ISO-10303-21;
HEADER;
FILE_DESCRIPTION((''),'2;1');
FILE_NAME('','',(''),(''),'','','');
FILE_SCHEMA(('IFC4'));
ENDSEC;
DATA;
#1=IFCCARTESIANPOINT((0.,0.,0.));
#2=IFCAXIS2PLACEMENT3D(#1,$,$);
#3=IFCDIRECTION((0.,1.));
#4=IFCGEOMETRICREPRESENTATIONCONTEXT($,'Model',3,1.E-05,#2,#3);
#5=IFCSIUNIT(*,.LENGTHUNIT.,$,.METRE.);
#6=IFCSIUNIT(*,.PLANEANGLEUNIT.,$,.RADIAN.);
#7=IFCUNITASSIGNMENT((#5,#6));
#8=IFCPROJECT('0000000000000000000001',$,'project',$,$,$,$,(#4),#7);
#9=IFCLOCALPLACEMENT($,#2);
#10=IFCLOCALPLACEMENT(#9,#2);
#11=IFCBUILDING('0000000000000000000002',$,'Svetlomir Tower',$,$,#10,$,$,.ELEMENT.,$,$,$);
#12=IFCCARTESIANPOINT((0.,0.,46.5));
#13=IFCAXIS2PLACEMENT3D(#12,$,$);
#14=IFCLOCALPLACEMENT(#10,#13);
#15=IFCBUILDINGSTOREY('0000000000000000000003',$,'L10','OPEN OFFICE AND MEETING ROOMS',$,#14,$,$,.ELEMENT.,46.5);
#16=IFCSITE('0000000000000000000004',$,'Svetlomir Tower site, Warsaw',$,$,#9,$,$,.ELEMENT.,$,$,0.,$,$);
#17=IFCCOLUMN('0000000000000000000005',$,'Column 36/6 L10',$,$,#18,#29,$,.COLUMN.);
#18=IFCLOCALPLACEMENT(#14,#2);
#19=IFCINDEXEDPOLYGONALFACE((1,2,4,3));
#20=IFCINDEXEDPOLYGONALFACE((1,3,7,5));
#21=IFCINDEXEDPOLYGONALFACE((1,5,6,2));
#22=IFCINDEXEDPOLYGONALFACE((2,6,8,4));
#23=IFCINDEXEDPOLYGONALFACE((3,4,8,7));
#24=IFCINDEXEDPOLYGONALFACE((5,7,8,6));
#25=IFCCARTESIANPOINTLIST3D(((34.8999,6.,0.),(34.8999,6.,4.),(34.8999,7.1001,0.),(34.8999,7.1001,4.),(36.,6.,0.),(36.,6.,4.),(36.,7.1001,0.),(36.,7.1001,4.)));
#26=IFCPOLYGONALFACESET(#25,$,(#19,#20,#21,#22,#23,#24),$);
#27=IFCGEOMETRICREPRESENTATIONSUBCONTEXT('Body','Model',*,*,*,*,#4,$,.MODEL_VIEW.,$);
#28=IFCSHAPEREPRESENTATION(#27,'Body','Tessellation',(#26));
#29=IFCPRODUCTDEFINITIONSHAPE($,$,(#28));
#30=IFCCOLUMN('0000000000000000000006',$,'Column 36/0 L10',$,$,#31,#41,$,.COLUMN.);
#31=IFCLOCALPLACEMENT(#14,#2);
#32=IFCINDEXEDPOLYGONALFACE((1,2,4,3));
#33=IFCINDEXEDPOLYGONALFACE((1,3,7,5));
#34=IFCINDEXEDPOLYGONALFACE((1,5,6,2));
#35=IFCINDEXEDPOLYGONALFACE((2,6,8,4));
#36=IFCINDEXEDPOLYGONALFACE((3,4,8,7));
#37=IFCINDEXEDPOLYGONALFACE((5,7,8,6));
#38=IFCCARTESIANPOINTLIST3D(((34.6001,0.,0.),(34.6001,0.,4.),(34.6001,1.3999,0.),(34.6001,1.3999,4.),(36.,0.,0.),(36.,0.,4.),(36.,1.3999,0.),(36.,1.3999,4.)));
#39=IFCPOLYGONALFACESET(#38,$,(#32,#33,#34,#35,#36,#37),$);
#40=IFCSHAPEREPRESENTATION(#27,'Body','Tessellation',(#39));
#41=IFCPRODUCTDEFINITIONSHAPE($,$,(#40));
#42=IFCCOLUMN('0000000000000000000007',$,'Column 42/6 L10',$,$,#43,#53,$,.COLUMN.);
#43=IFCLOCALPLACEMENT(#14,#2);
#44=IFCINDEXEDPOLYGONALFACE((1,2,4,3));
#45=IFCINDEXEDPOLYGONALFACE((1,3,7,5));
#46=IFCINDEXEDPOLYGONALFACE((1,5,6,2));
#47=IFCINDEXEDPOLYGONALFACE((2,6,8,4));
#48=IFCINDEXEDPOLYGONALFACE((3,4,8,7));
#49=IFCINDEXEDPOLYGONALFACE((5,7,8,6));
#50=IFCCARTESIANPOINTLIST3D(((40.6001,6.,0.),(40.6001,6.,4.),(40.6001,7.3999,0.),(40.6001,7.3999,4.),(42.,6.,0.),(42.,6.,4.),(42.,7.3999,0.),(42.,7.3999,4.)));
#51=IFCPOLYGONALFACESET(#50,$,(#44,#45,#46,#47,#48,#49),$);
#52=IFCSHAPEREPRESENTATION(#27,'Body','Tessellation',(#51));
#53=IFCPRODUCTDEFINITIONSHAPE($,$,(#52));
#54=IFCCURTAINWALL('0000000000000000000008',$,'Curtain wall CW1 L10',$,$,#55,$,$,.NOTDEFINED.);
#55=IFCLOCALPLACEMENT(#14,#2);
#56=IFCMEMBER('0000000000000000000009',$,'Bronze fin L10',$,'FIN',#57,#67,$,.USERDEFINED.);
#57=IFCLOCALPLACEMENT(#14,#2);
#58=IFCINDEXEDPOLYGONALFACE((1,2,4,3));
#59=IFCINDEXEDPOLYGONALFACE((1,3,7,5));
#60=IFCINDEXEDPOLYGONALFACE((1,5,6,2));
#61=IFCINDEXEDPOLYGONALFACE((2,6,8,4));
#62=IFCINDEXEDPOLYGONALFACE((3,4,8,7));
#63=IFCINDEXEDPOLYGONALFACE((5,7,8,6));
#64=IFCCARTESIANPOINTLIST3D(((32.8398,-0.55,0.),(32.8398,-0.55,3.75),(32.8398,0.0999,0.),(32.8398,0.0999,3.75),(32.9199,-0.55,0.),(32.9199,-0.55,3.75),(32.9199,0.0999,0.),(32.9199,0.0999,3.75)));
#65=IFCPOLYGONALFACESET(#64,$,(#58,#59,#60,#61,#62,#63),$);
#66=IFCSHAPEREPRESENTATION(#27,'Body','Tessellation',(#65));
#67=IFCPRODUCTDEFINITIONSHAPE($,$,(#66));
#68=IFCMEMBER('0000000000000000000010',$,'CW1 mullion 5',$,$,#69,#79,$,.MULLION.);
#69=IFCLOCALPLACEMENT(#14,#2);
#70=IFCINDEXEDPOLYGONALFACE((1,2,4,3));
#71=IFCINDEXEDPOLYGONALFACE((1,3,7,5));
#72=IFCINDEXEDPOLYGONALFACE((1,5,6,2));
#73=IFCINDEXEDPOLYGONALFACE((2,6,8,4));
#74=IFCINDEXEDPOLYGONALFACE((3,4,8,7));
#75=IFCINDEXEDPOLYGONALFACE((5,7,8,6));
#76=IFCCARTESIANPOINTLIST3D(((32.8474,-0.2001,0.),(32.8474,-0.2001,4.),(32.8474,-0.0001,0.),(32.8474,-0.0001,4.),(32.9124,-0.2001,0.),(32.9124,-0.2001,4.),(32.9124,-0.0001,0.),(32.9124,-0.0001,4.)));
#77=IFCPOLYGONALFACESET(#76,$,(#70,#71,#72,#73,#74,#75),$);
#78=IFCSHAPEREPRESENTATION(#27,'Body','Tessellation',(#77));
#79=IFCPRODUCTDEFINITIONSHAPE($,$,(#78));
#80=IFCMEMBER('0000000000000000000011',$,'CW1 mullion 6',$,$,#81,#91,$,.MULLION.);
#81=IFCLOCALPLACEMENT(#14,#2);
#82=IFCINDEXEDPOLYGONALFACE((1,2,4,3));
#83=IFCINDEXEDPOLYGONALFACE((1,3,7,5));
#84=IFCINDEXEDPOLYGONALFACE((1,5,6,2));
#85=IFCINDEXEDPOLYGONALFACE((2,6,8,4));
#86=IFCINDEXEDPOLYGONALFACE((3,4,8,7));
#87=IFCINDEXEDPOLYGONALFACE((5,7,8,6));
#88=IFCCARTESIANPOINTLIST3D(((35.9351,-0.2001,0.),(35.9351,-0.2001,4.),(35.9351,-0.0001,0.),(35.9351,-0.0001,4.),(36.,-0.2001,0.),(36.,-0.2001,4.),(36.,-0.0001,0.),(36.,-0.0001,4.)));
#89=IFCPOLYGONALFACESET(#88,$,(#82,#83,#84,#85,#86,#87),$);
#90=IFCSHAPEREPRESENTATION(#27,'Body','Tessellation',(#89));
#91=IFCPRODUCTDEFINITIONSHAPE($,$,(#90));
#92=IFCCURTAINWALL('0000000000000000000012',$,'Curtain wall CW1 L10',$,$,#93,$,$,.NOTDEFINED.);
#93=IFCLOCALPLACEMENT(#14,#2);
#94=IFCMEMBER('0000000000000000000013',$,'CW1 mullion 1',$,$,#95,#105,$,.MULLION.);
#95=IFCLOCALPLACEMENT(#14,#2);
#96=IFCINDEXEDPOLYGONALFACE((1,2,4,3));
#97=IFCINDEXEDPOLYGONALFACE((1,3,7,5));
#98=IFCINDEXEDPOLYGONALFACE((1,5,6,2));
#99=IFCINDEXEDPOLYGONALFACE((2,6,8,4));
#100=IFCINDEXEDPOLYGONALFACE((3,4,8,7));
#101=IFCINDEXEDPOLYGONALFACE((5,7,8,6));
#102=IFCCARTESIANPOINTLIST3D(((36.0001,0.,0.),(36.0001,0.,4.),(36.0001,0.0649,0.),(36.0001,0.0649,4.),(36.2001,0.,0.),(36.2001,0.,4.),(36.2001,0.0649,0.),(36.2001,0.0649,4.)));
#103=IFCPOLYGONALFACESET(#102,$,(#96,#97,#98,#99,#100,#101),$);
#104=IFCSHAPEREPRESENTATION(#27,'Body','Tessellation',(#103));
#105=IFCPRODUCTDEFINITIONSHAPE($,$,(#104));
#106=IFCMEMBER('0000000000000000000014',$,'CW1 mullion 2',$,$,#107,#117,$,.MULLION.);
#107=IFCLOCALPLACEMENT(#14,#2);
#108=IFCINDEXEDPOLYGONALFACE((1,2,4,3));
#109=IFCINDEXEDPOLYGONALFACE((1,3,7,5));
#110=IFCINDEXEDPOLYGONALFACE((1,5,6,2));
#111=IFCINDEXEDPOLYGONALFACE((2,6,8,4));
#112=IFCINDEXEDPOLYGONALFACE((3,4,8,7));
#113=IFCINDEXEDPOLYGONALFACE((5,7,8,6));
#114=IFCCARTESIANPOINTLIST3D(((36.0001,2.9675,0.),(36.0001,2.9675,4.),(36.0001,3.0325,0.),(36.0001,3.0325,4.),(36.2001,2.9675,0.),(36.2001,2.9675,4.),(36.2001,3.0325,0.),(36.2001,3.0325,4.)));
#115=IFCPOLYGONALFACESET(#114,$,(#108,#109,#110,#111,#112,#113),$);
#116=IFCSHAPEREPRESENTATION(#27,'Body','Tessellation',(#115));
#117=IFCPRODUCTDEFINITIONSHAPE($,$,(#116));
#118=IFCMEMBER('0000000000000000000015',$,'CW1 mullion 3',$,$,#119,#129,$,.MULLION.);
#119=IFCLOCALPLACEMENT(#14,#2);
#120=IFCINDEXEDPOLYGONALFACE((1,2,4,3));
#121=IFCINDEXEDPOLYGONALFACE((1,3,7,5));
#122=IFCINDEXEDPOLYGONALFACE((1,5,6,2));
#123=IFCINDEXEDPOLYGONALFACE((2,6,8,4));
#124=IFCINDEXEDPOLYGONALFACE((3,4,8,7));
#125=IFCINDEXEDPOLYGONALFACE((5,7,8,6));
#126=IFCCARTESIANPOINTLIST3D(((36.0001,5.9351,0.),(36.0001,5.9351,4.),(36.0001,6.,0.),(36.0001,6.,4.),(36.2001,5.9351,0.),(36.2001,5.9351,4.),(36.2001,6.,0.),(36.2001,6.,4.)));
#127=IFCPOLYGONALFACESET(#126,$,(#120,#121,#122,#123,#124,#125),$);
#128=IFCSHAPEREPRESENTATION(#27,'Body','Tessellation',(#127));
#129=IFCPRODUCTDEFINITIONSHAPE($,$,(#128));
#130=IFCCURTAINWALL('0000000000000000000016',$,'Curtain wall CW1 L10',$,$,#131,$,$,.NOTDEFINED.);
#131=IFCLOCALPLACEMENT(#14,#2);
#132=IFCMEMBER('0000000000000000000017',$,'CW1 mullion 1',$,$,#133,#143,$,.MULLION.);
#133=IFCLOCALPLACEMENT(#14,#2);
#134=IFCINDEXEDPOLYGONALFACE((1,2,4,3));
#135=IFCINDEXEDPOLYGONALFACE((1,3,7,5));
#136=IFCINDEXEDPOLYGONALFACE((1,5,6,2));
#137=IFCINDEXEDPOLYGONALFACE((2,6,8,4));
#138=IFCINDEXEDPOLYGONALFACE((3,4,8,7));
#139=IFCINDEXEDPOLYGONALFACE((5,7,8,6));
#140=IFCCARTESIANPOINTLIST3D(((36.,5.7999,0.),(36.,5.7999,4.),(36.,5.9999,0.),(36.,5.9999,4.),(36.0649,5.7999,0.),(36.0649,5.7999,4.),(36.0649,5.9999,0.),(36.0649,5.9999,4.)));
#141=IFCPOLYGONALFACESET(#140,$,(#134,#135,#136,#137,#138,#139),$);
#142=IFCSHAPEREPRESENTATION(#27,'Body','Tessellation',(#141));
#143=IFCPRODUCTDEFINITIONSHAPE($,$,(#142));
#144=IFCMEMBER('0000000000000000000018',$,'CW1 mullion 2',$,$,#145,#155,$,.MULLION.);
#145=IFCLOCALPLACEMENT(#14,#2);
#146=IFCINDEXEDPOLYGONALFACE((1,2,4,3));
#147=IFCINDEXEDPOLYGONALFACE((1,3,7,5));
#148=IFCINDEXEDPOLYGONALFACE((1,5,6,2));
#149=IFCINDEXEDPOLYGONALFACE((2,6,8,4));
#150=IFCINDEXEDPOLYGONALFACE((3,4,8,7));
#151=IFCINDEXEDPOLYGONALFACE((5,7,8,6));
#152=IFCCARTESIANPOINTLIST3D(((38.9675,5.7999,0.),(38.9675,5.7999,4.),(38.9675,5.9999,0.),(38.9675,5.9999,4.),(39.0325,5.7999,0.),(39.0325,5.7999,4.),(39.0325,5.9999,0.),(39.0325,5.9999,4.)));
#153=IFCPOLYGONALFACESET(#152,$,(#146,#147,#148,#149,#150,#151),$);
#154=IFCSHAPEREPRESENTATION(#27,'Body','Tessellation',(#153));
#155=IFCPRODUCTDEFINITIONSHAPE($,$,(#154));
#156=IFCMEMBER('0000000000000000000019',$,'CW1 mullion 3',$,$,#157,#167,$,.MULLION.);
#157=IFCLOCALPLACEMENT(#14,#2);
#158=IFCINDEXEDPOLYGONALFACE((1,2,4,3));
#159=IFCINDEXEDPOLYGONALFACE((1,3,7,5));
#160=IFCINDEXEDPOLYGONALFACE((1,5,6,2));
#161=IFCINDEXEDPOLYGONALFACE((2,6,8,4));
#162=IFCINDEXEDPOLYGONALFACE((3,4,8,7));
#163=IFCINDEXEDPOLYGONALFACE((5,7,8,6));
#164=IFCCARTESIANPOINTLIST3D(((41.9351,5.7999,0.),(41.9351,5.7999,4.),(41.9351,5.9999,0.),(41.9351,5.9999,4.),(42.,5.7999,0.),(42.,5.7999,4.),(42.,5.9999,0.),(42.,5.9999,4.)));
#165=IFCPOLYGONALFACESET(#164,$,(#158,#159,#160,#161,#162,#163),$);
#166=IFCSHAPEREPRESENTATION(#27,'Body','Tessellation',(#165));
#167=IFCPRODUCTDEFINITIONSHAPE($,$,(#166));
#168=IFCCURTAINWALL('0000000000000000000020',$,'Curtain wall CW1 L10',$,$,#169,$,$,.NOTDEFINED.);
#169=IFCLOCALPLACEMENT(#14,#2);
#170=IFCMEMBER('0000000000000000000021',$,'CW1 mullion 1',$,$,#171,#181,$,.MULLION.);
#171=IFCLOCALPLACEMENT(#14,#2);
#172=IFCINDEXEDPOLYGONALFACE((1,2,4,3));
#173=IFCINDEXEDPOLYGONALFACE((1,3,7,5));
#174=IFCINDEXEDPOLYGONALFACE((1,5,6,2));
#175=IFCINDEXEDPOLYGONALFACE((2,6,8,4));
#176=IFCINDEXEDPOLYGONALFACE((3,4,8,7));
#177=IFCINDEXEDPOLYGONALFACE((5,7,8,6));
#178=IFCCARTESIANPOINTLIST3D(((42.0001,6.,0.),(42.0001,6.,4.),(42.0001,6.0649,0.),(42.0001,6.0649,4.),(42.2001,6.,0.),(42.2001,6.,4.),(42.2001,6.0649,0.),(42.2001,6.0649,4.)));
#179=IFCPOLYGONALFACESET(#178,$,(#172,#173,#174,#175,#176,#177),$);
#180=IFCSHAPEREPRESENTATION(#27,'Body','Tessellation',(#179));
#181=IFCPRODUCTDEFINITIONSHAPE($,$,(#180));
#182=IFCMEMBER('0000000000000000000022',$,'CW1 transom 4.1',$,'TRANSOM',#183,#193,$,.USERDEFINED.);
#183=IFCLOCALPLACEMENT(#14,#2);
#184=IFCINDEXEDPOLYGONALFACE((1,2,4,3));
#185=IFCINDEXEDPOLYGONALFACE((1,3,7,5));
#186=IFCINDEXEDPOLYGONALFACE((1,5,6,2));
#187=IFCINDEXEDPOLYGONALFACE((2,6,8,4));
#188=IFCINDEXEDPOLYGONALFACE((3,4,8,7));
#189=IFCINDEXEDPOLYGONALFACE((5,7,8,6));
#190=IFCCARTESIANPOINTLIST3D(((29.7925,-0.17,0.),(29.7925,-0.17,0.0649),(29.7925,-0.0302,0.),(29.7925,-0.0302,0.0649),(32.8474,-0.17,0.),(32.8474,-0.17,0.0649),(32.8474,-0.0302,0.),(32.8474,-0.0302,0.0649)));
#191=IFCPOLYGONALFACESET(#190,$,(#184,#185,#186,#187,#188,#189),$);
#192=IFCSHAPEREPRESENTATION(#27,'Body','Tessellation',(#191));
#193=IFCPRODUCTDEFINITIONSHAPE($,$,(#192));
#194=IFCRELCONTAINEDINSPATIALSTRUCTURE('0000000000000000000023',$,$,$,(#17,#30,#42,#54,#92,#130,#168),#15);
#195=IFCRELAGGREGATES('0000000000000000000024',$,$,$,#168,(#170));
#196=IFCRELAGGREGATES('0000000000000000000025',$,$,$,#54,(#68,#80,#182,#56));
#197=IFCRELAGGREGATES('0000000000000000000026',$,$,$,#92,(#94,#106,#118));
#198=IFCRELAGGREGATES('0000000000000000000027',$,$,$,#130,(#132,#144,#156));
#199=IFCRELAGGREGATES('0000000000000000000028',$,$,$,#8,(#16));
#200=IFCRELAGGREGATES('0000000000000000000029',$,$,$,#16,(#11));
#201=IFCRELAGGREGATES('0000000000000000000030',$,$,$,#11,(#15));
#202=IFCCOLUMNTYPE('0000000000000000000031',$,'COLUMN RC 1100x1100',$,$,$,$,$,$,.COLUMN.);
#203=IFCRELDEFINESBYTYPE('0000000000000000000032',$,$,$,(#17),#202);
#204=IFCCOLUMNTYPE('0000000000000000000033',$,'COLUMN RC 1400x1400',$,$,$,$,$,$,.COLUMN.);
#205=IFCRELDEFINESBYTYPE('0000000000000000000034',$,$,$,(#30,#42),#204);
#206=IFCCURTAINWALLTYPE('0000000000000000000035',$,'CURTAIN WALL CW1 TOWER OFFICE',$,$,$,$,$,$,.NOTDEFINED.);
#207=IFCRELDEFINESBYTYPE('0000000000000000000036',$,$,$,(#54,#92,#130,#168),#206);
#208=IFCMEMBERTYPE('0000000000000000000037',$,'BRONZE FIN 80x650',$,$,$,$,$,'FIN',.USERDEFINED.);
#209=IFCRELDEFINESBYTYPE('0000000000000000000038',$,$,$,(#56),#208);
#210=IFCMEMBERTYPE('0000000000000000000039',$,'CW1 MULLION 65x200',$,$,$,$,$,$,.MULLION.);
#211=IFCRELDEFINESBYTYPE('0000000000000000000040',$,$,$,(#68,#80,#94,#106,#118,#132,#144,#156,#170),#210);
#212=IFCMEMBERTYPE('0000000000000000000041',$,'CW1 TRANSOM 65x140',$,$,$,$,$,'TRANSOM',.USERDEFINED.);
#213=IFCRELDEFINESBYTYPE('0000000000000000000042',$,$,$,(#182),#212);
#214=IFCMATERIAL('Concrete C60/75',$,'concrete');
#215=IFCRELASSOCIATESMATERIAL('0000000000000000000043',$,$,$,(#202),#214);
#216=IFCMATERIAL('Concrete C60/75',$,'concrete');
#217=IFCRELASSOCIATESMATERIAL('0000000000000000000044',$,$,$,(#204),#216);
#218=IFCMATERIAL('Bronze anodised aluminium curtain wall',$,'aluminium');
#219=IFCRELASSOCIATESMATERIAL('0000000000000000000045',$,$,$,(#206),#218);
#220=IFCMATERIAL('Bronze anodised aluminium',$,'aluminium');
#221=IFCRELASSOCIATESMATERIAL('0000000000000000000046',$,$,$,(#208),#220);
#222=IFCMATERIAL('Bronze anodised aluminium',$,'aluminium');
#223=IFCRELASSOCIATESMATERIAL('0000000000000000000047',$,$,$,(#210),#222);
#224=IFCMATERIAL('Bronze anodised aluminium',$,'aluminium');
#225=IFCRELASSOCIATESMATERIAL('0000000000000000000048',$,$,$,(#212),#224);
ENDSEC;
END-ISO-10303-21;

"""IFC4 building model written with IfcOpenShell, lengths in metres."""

from ifc_helpers import new_model, si_unit, direction, frame, origin, origin_2d, place, context, subcontext, project, spatial, rectangle, extrude, material, material_profile, profile_set, type_object, element, aggregate, save


model = new_model("IFC4")

# Units and contexts
model_context = context("Model", 3, precision=1e-05, world=origin(), true_north=direction((0.0, 1.0)))
body_context = subcontext(model_context, "Body", "Model", "MODEL_VIEW")
ifc_project = project(units=[si_unit("LENGTHUNIT", "METRE"), si_unit("PLANEANGLEUNIT", "RADIAN")], contexts=[model_context])

# Site, building, storey
site_placement = place(None, origin())
site = spatial("IfcSite", under=ifc_project, at=site_placement, Name="Svetlomir Tower site, Warsaw", CompositionType="ELEMENT", RefElevation=0.0)
building_placement = place(site_placement, origin())
building = spatial("IfcBuilding", under=site, at=building_placement, Name="Svetlomir Tower", CompositionType="ELEMENT")
storey_placement = place(building_placement, frame((0.0, 0.0, 46.5)))
storey = spatial("IfcBuildingStorey", under=building, at=storey_placement, Name="L10", Description="OPEN OFFICE AND MEETING ROOMS", CompositionType="ELEMENT", Elevation=46.5)

# Columns
ifc_material_1 = material(Name="Concrete C60/75", Category="concrete")
ifc_material_profile_1 = material_profile(ifc_material_1, rectangle(XDim=1.1001, YDim=1.1001, at=origin_2d()), Name="RC 1100x1100")
ifc_profile_set_1 = profile_set([ifc_material_profile_1], Name="Concrete C60/75")
column_type_1 = type_object("IfcColumnType", Name="COLUMN RC 1100x1100", PredefinedType="COLUMN", material=ifc_profile_set_1)
column_placement = place(storey_placement, frame((35.45, 6.55, 0.0), z_axis=(0.0, 0.0, 1.0), x_axis=(1.0, 0.0, 0.0)))
element("IfcColumn", 1, at=column_placement, inside=storey, type_object=column_type_1, Name="Column 36/6 L10", PredefinedType="COLUMN", context=body_context, shape_type="SweptSolid", body=[
    extrude(rectangle(XDim=1.1001, YDim=1.1001, at=origin_2d()), origin(), (0.0, 0.0, 1.0), 4.0),
])
ifc_material_2 = material(Name="Concrete C60/75", Category="concrete")
ifc_material_profile_2 = material_profile(ifc_material_2, rectangle(XDim=1.3999, YDim=1.3999, at=origin_2d()), Name="RC 1400x1400")
ifc_profile_set_2 = profile_set([ifc_material_profile_2], Name="Concrete C60/75")
column_type_2 = type_object("IfcColumnType", Name="COLUMN RC 1400x1400", PredefinedType="COLUMN", material=ifc_profile_set_2)
for number, where, z_axis, x_axis, name in (
    (2, (35.3, 0.7, 0.0), (0.0, 0.0, 1.0), (1.0, 0.0, 0.0), "Column 36/0 L10"),
    (3, (41.3, 6.7, 0.0), (0.0, 0.0, 1.0), (1.0, 0.0, 0.0), "Column 42/6 L10"),
):
    element("IfcColumn", number, at=place(storey_placement, frame(where, z_axis=z_axis, x_axis=x_axis)), inside=storey, type_object=column_type_2, Name=name, PredefinedType="COLUMN", context=body_context, shape_type="SweptSolid", body=[
        extrude(rectangle(XDim=1.3999, YDim=1.3999, at=origin_2d()), origin(), (0.0, 0.0, 1.0), 4.0),
    ])

# Curtain walls, members
ifc_material_3 = material(Name="Bronze anodised aluminium curtain wall", Category="aluminium")
curtain_wall_type = type_object("IfcCurtainWallType", Name="CURTAIN WALL CW1 TOWER OFFICE", PredefinedType="NOTDEFINED", material=ifc_material_3)
curtain_wall_1_placement = place(storey_placement, origin())
curtain_wall_1 = element("IfcCurtainWall", 4, at=curtain_wall_1_placement, inside=storey, type_object=curtain_wall_type, Name="Curtain wall CW1 L10", PredefinedType="NOTDEFINED")
ifc_material_4 = material(Name="Bronze anodised aluminium", Category="aluminium")
ifc_material_profile_3 = material_profile(ifc_material_4, rectangle(XDim=0.0801, YDim=0.6499, at=origin_2d()), Name="FIN 80x650")
ifc_profile_set_3 = profile_set([ifc_material_profile_3], Name="Bronze anodised aluminium 6063-T6")
member_type_1 = type_object("IfcMemberType", Name="BRONZE FIN 80x650", ElementType="FIN", PredefinedType="USERDEFINED", material=ifc_profile_set_3)
member_1_placement = place(storey_placement, frame((32.8799, -0.2251, 0.0), z_axis=(0.0, 0.0, 1.0), x_axis=(1.0, 0.0, 0.0)))
member_1 = element("IfcMember", 5, at=member_1_placement, type_object=member_type_1, Name="Bronze fin L10", ObjectType="FIN", PredefinedType="USERDEFINED", context=body_context, shape_type="SweptSolid", body=[
    extrude(rectangle(XDim=0.0801, YDim=0.6499, at=origin_2d()), origin(), (0.0, 0.0, 1.0), 3.75),
])
ifc_material_5 = material(Name="Bronze anodised aluminium", Category="aluminium")
ifc_material_profile_4 = material_profile(ifc_material_5, rectangle(XDim=0.0649, YDim=0.2, at=origin_2d()), Name="AL 65x200")
ifc_profile_set_4 = profile_set([ifc_material_profile_4], Name="Bronze anodised aluminium 6063-T6")
member_type_2 = type_object("IfcMemberType", Name="CW1 MULLION 65x200", PredefinedType="MULLION", material=ifc_profile_set_4)
member_2_placement = place(storey_placement, frame((32.8799, -0.1001, 0.0), z_axis=(0.0, 0.0, 1.0), x_axis=(1.0, 0.0, 0.0)))
member_2 = element("IfcMember", 6, at=member_2_placement, type_object=member_type_2, Name="CW1 mullion 5", PredefinedType="MULLION", context=body_context, shape_type="SweptSolid", body=[
    extrude(rectangle(XDim=0.0649, YDim=0.2, at=origin_2d()), origin(), (0.0, 0.0, 1.0), 4.0),
])
member_3_placement = place(storey_placement, frame((35.9675, -0.1001, 0.0), z_axis=(0.0, 0.0, 1.0), x_axis=(1.0, 0.0, 0.0)))
member_3 = element("IfcMember", 7, at=member_3_placement, type_object=member_type_2, Name="CW1 mullion 6", PredefinedType="MULLION", context=body_context, shape_type="SweptSolid", body=[
    extrude(rectangle(XDim=0.0649, YDim=0.2, at=origin_2d()), origin(), (0.0, 0.0, 1.0), 4.0),
])
curtain_wall_2_placement = place(storey_placement, origin())
curtain_wall_2 = element("IfcCurtainWall", 8, at=curtain_wall_2_placement, inside=storey, type_object=curtain_wall_type, Name="Curtain wall CW1 L10", PredefinedType="NOTDEFINED")
member_4_placement = place(storey_placement, frame((36.1001, 0.0325, 0.0), z_axis=(0.0, 0.0, 1.0), x_axis=(0.0, 1.0, 0.0)))
member_4 = element("IfcMember", 9, at=member_4_placement, type_object=member_type_2, Name="CW1 mullion 1", PredefinedType="MULLION", context=body_context, shape_type="SweptSolid", body=[
    extrude(rectangle(XDim=0.0649, YDim=0.2, at=origin_2d()), origin(), (0.0, 0.0, 1.0), 4.0),
])
member_5_placement = place(storey_placement, frame((36.1001, 3.0, 0.0), z_axis=(0.0, 0.0, 1.0), x_axis=(0.0, 1.0, 0.0)))
member_5 = element("IfcMember", 10, at=member_5_placement, type_object=member_type_2, Name="CW1 mullion 2", PredefinedType="MULLION", context=body_context, shape_type="SweptSolid", body=[
    extrude(rectangle(XDim=0.0649, YDim=0.2, at=origin_2d()), origin(), (0.0, 0.0, 1.0), 4.0),
])
member_6_placement = place(storey_placement, frame((36.1001, 5.9675, 0.0), z_axis=(0.0, 0.0, 1.0), x_axis=(0.0, 1.0, 0.0)))
member_6 = element("IfcMember", 11, at=member_6_placement, type_object=member_type_2, Name="CW1 mullion 3", PredefinedType="MULLION", context=body_context, shape_type="SweptSolid", body=[
    extrude(rectangle(XDim=0.0649, YDim=0.2, at=origin_2d()), origin(), (0.0, 0.0, 1.0), 4.0),
])
curtain_wall_3_placement = place(storey_placement, origin())
curtain_wall_3 = element("IfcCurtainWall", 12, at=curtain_wall_3_placement, inside=storey, type_object=curtain_wall_type, Name="Curtain wall CW1 L10", PredefinedType="NOTDEFINED")
member_7_placement = place(storey_placement, frame((36.0325, 5.8999, 0.0), z_axis=(0.0, 0.0, 1.0), x_axis=(1.0, 0.0, 0.0)))
member_7 = element("IfcMember", 13, at=member_7_placement, type_object=member_type_2, Name="CW1 mullion 1", PredefinedType="MULLION", context=body_context, shape_type="SweptSolid", body=[
    extrude(rectangle(XDim=0.0649, YDim=0.2, at=origin_2d()), origin(), (0.0, 0.0, 1.0), 4.0),
])
member_8_placement = place(storey_placement, frame((39.0, 5.8999, 0.0), z_axis=(0.0, 0.0, 1.0), x_axis=(1.0, 0.0, 0.0)))
member_8 = element("IfcMember", 14, at=member_8_placement, type_object=member_type_2, Name="CW1 mullion 2", PredefinedType="MULLION", context=body_context, shape_type="SweptSolid", body=[
    extrude(rectangle(XDim=0.0649, YDim=0.2, at=origin_2d()), origin(), (0.0, 0.0, 1.0), 4.0),
])
member_9_placement = place(storey_placement, frame((41.9675, 5.8999, 0.0), z_axis=(0.0, 0.0, 1.0), x_axis=(1.0, 0.0, 0.0)))
member_9 = element("IfcMember", 15, at=member_9_placement, type_object=member_type_2, Name="CW1 mullion 3", PredefinedType="MULLION", context=body_context, shape_type="SweptSolid", body=[
    extrude(rectangle(XDim=0.0649, YDim=0.2, at=origin_2d()), origin(), (0.0, 0.0, 1.0), 4.0),
])

# Curtain wall, member
curtain_wall_4_placement = place(storey_placement, origin())
curtain_wall_4 = element("IfcCurtainWall", 16, at=curtain_wall_4_placement, inside=storey, type_object=curtain_wall_type, Name="Curtain wall CW1 L10", PredefinedType="NOTDEFINED")
member_10_placement = place(storey_placement, frame((42.1001, 6.0325, 0.0), z_axis=(0.0, 0.0, 1.0), x_axis=(0.0, 1.0, 0.0)))
member_10 = element("IfcMember", 17, at=member_10_placement, type_object=member_type_2, Name="CW1 mullion 1", PredefinedType="MULLION", context=body_context, shape_type="SweptSolid", body=[
    extrude(rectangle(XDim=0.0649, YDim=0.2, at=origin_2d()), origin(), (0.0, 0.0, 1.0), 4.0),
])

# Member
ifc_material_6 = material(Name="Bronze anodised aluminium", Category="aluminium")
ifc_material_profile_5 = material_profile(ifc_material_6, rectangle(XDim=0.1399, YDim=0.0649, at=origin_2d()), Name="AL 140x65")
ifc_profile_set_5 = profile_set([ifc_material_profile_5], Name="Bronze anodised aluminium 6063-T6")
member_type_3 = type_object("IfcMemberType", Name="CW1 TRANSOM 65x140", ElementType="TRANSOM", PredefinedType="USERDEFINED", material=ifc_profile_set_5)
member_11_placement = place(storey_placement, frame((29.7925, -0.1001, 0.0325), z_axis=(1.0, 0.0, 0.0), x_axis=(0.0, 1.0, 0.0)))
member_11 = element("IfcMember", 18, at=member_11_placement, type_object=member_type_3, Name="CW1 transom 4.1", ObjectType="TRANSOM", PredefinedType="USERDEFINED", context=body_context, shape_type="SweptSolid", body=[
    extrude(rectangle(XDim=0.1399, YDim=0.0649, at=origin_2d()), origin(), (0.0, 0.0, 1.0), 3.0549),
])
aggregate(curtain_wall_4, [member_10])

aggregate(curtain_wall_1, [member_2, member_3, member_11, member_1])
aggregate(curtain_wall_2, [member_4, member_5, member_6])
aggregate(curtain_wall_3, [member_7, member_8, member_9])

save(model, "model.ifc")
